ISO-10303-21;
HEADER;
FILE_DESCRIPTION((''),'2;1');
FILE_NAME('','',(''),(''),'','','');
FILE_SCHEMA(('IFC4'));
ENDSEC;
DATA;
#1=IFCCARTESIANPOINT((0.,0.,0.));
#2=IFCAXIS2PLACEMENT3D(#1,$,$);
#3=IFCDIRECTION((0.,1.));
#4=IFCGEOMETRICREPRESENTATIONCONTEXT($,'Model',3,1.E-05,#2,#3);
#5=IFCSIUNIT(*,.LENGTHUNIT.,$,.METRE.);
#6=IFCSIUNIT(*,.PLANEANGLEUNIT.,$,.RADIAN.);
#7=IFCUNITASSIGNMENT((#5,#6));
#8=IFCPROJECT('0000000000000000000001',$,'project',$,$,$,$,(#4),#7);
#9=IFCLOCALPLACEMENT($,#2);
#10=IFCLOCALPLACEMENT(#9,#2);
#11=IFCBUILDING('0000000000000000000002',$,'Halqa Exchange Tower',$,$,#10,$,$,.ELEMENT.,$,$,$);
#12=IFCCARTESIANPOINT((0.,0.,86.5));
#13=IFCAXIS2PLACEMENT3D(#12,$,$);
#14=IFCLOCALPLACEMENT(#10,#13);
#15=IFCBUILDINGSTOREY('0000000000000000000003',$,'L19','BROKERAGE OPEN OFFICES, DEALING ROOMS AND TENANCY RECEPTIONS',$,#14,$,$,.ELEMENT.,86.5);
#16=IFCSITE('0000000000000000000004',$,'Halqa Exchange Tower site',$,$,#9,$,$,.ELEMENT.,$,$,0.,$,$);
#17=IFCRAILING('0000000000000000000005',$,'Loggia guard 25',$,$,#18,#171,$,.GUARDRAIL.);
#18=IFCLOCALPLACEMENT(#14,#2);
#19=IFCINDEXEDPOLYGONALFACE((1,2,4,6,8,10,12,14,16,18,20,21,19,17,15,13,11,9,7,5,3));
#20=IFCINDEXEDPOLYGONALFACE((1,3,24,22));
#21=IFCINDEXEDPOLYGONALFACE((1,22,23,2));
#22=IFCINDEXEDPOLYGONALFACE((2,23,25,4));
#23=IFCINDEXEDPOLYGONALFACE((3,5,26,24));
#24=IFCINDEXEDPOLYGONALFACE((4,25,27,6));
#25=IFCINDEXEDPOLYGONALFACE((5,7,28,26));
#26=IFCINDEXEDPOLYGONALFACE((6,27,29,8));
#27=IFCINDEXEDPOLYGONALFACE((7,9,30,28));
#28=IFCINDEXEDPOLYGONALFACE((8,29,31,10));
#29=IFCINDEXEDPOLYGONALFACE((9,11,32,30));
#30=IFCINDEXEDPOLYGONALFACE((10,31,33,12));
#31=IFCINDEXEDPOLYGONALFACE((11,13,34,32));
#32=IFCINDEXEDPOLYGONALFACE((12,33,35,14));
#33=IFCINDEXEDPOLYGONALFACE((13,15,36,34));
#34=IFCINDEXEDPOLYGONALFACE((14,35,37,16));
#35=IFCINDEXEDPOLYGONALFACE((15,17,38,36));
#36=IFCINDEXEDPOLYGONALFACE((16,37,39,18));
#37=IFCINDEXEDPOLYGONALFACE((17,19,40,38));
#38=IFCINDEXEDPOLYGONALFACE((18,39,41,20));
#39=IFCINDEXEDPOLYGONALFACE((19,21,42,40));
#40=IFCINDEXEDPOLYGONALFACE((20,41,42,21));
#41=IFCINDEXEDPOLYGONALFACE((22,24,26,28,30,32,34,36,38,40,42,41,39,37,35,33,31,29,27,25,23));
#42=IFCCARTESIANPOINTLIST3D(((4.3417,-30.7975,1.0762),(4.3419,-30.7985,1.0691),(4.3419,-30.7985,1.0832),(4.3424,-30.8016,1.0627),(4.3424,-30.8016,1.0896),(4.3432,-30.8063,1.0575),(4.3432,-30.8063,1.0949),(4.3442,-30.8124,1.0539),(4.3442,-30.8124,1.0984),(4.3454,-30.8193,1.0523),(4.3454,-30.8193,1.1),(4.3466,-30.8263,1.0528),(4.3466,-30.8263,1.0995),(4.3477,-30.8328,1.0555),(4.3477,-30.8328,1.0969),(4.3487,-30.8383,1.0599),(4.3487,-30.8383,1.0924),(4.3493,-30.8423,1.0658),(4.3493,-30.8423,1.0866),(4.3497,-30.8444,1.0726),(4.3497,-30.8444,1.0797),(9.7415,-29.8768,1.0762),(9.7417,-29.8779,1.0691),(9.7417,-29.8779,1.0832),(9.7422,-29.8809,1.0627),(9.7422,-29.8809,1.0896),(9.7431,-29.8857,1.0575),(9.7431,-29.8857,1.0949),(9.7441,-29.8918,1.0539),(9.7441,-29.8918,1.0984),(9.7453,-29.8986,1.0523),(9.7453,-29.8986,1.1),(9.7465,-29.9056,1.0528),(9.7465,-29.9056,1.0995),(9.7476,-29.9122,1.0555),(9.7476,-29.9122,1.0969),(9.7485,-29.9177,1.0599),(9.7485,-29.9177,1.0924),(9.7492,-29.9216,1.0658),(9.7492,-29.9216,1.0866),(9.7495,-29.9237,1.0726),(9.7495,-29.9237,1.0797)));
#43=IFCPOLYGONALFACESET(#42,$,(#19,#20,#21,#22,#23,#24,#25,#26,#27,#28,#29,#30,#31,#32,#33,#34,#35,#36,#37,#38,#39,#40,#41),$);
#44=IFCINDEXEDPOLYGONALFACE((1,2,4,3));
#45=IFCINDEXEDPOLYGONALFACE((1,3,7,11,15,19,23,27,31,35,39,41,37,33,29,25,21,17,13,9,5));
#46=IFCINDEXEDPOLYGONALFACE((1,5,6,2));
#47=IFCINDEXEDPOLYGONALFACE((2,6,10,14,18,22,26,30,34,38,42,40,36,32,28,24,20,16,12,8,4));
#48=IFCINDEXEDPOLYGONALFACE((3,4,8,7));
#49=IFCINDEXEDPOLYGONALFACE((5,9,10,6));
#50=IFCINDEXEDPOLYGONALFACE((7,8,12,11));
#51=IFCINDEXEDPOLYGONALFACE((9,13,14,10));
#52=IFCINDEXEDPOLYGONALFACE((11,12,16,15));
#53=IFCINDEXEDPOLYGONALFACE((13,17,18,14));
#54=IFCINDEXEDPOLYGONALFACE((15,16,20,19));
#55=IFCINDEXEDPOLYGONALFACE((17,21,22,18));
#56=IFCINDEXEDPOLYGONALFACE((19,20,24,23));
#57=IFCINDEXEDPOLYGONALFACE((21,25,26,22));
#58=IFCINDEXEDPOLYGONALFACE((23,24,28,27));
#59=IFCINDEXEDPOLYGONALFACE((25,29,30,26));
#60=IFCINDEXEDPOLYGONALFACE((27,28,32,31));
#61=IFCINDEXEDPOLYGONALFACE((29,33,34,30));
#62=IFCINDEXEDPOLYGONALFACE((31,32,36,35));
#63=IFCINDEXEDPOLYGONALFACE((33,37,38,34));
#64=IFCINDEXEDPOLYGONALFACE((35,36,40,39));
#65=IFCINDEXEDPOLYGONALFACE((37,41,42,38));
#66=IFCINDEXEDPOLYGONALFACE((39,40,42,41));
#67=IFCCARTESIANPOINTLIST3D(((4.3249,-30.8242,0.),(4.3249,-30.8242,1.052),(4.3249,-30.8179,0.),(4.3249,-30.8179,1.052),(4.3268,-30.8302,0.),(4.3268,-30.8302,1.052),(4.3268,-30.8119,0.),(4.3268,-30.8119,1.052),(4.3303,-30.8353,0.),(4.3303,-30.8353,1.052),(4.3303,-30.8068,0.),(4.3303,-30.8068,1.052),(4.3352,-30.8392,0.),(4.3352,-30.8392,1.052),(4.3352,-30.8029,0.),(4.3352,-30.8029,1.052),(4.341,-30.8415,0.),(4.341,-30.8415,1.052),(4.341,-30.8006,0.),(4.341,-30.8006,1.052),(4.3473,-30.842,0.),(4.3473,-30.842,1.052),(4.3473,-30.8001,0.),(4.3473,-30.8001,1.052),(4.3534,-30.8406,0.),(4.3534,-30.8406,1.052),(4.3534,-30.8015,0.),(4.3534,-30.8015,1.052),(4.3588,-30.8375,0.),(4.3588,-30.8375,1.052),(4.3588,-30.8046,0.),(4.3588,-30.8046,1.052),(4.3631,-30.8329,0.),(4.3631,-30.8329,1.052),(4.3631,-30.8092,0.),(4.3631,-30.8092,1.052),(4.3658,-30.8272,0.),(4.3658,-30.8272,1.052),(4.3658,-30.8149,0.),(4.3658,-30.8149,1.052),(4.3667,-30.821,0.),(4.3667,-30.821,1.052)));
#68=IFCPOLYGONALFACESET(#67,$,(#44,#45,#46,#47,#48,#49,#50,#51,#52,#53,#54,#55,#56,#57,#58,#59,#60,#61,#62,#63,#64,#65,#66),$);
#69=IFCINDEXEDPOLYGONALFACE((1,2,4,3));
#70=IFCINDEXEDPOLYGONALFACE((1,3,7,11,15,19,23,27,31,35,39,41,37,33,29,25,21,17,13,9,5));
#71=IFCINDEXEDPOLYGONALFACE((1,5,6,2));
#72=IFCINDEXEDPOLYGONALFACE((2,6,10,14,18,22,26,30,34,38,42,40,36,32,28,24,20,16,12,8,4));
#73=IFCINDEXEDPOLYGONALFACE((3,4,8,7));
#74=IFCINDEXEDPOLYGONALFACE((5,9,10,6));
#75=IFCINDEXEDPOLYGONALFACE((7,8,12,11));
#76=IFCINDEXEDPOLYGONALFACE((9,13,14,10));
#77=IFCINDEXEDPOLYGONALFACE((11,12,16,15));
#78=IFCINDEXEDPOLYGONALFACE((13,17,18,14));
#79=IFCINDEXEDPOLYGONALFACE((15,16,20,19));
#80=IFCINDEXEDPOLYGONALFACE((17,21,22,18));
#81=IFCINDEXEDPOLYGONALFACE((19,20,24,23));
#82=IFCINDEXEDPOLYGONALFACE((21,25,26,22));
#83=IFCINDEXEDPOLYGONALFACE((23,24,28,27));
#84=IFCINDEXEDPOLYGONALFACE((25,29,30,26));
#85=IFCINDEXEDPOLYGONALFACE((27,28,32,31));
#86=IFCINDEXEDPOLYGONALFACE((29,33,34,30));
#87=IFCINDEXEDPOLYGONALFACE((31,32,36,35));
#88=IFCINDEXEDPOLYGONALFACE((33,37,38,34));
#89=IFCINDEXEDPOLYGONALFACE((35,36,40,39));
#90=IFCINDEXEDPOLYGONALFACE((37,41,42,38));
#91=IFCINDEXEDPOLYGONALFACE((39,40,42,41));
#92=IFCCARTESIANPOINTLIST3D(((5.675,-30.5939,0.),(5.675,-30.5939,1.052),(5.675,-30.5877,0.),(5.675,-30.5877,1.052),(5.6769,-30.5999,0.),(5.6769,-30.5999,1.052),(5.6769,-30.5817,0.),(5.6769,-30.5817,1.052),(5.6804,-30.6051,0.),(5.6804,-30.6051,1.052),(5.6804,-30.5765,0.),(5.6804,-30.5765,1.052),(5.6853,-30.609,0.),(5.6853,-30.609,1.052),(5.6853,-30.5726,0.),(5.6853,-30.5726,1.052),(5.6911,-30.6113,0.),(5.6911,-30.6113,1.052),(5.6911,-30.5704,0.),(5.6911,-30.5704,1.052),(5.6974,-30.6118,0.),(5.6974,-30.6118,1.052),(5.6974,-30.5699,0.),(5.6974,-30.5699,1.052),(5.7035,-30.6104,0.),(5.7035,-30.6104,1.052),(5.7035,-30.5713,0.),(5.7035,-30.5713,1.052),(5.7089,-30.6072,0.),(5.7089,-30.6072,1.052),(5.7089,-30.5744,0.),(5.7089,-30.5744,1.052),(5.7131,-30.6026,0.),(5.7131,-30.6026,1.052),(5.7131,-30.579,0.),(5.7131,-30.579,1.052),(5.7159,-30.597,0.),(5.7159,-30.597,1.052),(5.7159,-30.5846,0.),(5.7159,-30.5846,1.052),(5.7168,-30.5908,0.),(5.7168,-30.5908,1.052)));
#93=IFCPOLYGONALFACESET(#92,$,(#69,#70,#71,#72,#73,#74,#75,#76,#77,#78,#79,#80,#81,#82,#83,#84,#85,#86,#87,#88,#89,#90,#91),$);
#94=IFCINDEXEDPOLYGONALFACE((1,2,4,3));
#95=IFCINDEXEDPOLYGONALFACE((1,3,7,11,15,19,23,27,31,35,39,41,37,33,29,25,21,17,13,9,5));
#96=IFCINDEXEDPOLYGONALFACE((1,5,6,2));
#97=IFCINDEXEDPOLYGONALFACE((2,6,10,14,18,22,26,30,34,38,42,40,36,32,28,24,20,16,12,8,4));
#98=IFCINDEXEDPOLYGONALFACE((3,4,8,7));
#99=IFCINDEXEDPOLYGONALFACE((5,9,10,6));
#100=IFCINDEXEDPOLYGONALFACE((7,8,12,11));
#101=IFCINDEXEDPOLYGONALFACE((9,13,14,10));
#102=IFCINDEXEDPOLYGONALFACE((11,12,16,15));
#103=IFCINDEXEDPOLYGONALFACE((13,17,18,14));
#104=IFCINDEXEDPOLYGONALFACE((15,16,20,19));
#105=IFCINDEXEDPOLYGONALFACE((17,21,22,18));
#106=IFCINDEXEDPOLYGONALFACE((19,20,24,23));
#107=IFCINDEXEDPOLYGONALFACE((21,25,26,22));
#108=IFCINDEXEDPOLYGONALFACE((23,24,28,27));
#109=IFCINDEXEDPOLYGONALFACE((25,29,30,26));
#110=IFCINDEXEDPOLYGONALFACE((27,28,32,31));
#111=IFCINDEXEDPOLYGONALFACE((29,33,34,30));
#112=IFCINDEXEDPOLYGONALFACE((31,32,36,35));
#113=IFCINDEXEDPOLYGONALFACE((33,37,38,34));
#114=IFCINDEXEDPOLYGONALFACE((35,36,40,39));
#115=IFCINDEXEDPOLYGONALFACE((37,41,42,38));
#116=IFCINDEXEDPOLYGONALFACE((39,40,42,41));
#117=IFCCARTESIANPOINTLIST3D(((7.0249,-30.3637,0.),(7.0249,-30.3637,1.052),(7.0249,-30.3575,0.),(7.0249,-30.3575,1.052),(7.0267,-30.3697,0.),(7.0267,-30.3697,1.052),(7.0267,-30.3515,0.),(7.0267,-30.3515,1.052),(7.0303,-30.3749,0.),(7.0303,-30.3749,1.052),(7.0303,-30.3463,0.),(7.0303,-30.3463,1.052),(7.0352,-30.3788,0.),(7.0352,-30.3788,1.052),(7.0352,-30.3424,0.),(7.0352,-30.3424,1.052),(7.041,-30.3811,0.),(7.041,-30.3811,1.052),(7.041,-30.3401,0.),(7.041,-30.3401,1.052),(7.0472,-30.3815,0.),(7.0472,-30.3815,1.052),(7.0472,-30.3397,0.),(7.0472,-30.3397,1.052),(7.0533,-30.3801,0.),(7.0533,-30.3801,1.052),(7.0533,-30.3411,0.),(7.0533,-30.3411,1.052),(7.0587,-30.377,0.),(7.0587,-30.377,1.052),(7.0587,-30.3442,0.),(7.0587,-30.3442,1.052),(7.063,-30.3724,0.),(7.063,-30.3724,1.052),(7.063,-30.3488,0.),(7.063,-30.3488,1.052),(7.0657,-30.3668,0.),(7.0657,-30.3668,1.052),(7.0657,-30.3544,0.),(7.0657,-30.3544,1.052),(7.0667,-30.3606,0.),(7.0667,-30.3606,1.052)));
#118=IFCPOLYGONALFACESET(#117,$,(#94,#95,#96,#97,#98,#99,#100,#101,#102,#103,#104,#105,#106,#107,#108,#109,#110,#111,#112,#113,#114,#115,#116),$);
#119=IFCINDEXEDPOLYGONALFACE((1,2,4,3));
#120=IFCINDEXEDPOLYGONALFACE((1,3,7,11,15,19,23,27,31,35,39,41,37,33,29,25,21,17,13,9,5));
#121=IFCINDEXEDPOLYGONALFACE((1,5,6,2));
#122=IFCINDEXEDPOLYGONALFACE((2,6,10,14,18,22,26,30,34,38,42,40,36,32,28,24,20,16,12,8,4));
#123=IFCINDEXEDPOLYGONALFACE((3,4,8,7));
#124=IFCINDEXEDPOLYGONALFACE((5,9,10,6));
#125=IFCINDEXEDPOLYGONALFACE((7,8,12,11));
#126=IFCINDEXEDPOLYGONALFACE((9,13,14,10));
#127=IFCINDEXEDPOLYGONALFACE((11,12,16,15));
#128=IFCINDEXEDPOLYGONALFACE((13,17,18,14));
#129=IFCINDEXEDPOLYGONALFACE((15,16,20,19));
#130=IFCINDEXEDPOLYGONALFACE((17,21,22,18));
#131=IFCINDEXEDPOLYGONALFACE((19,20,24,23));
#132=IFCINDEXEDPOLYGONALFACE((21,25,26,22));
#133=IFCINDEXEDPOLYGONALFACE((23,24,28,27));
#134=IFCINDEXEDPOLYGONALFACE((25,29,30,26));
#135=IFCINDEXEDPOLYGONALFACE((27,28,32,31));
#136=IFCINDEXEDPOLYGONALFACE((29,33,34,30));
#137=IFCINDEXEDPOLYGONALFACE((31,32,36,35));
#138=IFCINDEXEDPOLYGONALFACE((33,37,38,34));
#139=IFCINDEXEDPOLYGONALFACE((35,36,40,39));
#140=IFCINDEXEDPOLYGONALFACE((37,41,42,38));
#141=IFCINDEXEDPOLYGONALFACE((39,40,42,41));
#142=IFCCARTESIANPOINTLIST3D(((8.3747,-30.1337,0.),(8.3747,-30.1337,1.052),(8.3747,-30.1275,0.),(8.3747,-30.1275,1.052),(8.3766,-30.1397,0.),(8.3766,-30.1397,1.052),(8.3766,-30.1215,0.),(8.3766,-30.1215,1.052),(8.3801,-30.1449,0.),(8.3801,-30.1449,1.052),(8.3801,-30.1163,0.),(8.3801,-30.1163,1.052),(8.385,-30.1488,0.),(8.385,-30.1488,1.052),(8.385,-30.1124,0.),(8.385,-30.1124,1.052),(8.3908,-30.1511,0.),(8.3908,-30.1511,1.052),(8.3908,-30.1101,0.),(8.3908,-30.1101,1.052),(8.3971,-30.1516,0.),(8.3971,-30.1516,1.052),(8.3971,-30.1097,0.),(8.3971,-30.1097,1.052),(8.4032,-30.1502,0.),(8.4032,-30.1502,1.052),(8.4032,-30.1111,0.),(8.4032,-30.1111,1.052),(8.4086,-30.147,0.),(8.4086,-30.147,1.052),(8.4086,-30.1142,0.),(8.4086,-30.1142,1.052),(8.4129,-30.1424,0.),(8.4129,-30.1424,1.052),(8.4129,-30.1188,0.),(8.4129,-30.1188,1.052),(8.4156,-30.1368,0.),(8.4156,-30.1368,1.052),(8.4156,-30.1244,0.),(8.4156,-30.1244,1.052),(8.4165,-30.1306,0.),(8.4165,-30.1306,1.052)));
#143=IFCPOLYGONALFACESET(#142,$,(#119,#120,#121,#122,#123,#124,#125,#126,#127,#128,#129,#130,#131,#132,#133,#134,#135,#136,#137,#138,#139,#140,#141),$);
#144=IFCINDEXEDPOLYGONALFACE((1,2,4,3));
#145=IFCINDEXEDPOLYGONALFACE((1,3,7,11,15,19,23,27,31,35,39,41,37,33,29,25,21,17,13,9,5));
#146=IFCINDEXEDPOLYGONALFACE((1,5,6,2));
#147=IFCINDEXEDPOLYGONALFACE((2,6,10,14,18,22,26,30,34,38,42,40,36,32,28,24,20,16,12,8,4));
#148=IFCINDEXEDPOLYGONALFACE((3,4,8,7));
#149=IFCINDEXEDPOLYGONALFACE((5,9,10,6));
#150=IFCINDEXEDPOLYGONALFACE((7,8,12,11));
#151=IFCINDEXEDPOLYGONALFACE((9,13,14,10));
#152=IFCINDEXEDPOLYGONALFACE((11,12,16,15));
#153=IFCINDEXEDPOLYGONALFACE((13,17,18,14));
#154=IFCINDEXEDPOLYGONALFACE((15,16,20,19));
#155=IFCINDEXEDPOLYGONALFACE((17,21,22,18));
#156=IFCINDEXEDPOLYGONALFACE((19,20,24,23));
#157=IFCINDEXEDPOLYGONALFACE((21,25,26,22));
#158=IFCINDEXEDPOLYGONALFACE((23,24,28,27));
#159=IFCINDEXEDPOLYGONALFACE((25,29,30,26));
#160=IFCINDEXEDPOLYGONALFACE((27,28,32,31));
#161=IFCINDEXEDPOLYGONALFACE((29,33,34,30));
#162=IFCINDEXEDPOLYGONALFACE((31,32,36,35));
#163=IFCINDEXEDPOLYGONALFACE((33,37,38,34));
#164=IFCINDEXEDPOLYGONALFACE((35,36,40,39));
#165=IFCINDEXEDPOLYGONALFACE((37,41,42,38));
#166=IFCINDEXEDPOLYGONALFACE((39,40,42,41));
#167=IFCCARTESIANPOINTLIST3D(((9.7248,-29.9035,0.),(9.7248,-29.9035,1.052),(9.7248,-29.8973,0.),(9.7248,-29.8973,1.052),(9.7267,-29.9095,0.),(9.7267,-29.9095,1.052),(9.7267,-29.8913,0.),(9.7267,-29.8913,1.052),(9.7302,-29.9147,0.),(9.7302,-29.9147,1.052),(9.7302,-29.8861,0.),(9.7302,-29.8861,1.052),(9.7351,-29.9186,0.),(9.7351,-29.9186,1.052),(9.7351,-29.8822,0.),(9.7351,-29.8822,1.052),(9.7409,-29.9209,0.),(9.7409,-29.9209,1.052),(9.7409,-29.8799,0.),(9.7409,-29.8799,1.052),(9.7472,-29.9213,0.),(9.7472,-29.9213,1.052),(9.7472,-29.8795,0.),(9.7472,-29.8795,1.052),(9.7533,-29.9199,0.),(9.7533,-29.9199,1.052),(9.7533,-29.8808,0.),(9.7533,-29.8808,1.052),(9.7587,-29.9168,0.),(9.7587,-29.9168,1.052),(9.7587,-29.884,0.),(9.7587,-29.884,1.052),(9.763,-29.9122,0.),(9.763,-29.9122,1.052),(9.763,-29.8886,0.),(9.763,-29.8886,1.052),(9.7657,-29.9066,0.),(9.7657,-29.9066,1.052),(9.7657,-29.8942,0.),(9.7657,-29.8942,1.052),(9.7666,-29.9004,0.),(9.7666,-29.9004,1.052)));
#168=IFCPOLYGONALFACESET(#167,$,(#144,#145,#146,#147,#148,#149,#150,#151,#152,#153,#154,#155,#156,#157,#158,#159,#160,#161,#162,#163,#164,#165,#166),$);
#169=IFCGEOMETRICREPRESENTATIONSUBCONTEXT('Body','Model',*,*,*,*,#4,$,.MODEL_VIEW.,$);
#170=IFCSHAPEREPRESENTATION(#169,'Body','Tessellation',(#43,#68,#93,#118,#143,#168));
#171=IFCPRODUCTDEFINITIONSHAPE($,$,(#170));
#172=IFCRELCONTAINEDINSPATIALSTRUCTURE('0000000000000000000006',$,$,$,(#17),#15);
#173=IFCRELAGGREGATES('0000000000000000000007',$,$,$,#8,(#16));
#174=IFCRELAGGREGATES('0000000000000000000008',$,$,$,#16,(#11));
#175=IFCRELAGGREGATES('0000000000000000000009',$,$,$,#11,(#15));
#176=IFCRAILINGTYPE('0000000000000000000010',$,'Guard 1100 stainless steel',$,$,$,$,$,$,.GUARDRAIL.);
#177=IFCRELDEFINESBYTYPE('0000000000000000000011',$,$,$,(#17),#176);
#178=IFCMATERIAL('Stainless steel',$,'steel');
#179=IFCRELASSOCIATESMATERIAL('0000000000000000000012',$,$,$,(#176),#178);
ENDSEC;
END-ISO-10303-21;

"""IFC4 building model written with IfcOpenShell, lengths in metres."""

from ifc_helpers import new_model, si_unit, direction, frame, origin, origin_2d, place, context, subcontext, project, spatial, circle, extrude, material, type_object, element, save


model = new_model("IFC4")

# Units and contexts
model_context = context("Model", 3, precision=1e-05, world=origin(), true_north=direction((0.0, 1.0)))
body_context = subcontext(model_context, "Body", "Model", "MODEL_VIEW")
ifc_project = project(units=[si_unit("LENGTHUNIT", "METRE"), si_unit("PLANEANGLEUNIT", "RADIAN")], contexts=[model_context])

# Site, building, storey
site_placement = place(None, origin())
site = spatial("IfcSite", under=ifc_project, at=site_placement, Name="Halqa Exchange Tower site", CompositionType="ELEMENT", RefElevation=0.0)
building_placement = place(site_placement, origin())
building = spatial("IfcBuilding", under=site, at=building_placement, Name="Halqa Exchange Tower", CompositionType="ELEMENT")
storey_placement = place(building_placement, frame((0.0, 0.0, 86.5)))
storey = spatial("IfcBuildingStorey", under=building, at=storey_placement, Name="L19", Description="BROKERAGE OPEN OFFICES, DEALING ROOMS AND TENANCY RECEPTIONS", CompositionType="ELEMENT", Elevation=86.5)

# Railing
ifc_material_1 = material(Name="Stainless steel", Category="steel")
railing_type = type_object("IfcRailingType", Name="Guard 1100 stainless steel", PredefinedType="GUARDRAIL", material=ifc_material_1)
railing_1_placement = place(storey_placement, frame((4.3457, -30.821, 0.0)))
element("IfcRailing", 1, at=railing_1_placement, inside=storey, type_object=railing_type, Name="Loggia guard 25", PredefinedType="GUARDRAIL", context=body_context, shape_type="SweptSolid", body=[
    extrude(circle(Radius=0.0239, at=origin_2d()), frame((0.0, 0.0, 1.0762), z_axis=(0.985775, 0.168069, 0.0), x_axis=(-0.168069, 0.985775, 0.0)), (0.0, 0.0, 1.0), 5.4778),
    extrude(circle(Radius=0.021, at=origin_2d()), origin(), (0.0, 0.0, 1.0), 1.052),
    extrude(circle(Radius=0.021, at=origin_2d()), frame((1.3501, 0.2302, 0.0)), (0.0, 0.0, 1.0), 1.052),
    extrude(circle(Radius=0.021, at=origin_2d()), frame((2.7, 0.4604, 0.0)), (0.0, 0.0, 1.0), 1.052),
    extrude(circle(Radius=0.021, at=origin_2d()), frame((4.0498, 0.6904, 0.0)), (0.0, 0.0, 1.0), 1.052),
    extrude(circle(Radius=0.021, at=origin_2d()), frame((5.3999, 0.9207, 0.0)), (0.0, 0.0, 1.0), 1.052),
])

save(model, "model.ifc")
